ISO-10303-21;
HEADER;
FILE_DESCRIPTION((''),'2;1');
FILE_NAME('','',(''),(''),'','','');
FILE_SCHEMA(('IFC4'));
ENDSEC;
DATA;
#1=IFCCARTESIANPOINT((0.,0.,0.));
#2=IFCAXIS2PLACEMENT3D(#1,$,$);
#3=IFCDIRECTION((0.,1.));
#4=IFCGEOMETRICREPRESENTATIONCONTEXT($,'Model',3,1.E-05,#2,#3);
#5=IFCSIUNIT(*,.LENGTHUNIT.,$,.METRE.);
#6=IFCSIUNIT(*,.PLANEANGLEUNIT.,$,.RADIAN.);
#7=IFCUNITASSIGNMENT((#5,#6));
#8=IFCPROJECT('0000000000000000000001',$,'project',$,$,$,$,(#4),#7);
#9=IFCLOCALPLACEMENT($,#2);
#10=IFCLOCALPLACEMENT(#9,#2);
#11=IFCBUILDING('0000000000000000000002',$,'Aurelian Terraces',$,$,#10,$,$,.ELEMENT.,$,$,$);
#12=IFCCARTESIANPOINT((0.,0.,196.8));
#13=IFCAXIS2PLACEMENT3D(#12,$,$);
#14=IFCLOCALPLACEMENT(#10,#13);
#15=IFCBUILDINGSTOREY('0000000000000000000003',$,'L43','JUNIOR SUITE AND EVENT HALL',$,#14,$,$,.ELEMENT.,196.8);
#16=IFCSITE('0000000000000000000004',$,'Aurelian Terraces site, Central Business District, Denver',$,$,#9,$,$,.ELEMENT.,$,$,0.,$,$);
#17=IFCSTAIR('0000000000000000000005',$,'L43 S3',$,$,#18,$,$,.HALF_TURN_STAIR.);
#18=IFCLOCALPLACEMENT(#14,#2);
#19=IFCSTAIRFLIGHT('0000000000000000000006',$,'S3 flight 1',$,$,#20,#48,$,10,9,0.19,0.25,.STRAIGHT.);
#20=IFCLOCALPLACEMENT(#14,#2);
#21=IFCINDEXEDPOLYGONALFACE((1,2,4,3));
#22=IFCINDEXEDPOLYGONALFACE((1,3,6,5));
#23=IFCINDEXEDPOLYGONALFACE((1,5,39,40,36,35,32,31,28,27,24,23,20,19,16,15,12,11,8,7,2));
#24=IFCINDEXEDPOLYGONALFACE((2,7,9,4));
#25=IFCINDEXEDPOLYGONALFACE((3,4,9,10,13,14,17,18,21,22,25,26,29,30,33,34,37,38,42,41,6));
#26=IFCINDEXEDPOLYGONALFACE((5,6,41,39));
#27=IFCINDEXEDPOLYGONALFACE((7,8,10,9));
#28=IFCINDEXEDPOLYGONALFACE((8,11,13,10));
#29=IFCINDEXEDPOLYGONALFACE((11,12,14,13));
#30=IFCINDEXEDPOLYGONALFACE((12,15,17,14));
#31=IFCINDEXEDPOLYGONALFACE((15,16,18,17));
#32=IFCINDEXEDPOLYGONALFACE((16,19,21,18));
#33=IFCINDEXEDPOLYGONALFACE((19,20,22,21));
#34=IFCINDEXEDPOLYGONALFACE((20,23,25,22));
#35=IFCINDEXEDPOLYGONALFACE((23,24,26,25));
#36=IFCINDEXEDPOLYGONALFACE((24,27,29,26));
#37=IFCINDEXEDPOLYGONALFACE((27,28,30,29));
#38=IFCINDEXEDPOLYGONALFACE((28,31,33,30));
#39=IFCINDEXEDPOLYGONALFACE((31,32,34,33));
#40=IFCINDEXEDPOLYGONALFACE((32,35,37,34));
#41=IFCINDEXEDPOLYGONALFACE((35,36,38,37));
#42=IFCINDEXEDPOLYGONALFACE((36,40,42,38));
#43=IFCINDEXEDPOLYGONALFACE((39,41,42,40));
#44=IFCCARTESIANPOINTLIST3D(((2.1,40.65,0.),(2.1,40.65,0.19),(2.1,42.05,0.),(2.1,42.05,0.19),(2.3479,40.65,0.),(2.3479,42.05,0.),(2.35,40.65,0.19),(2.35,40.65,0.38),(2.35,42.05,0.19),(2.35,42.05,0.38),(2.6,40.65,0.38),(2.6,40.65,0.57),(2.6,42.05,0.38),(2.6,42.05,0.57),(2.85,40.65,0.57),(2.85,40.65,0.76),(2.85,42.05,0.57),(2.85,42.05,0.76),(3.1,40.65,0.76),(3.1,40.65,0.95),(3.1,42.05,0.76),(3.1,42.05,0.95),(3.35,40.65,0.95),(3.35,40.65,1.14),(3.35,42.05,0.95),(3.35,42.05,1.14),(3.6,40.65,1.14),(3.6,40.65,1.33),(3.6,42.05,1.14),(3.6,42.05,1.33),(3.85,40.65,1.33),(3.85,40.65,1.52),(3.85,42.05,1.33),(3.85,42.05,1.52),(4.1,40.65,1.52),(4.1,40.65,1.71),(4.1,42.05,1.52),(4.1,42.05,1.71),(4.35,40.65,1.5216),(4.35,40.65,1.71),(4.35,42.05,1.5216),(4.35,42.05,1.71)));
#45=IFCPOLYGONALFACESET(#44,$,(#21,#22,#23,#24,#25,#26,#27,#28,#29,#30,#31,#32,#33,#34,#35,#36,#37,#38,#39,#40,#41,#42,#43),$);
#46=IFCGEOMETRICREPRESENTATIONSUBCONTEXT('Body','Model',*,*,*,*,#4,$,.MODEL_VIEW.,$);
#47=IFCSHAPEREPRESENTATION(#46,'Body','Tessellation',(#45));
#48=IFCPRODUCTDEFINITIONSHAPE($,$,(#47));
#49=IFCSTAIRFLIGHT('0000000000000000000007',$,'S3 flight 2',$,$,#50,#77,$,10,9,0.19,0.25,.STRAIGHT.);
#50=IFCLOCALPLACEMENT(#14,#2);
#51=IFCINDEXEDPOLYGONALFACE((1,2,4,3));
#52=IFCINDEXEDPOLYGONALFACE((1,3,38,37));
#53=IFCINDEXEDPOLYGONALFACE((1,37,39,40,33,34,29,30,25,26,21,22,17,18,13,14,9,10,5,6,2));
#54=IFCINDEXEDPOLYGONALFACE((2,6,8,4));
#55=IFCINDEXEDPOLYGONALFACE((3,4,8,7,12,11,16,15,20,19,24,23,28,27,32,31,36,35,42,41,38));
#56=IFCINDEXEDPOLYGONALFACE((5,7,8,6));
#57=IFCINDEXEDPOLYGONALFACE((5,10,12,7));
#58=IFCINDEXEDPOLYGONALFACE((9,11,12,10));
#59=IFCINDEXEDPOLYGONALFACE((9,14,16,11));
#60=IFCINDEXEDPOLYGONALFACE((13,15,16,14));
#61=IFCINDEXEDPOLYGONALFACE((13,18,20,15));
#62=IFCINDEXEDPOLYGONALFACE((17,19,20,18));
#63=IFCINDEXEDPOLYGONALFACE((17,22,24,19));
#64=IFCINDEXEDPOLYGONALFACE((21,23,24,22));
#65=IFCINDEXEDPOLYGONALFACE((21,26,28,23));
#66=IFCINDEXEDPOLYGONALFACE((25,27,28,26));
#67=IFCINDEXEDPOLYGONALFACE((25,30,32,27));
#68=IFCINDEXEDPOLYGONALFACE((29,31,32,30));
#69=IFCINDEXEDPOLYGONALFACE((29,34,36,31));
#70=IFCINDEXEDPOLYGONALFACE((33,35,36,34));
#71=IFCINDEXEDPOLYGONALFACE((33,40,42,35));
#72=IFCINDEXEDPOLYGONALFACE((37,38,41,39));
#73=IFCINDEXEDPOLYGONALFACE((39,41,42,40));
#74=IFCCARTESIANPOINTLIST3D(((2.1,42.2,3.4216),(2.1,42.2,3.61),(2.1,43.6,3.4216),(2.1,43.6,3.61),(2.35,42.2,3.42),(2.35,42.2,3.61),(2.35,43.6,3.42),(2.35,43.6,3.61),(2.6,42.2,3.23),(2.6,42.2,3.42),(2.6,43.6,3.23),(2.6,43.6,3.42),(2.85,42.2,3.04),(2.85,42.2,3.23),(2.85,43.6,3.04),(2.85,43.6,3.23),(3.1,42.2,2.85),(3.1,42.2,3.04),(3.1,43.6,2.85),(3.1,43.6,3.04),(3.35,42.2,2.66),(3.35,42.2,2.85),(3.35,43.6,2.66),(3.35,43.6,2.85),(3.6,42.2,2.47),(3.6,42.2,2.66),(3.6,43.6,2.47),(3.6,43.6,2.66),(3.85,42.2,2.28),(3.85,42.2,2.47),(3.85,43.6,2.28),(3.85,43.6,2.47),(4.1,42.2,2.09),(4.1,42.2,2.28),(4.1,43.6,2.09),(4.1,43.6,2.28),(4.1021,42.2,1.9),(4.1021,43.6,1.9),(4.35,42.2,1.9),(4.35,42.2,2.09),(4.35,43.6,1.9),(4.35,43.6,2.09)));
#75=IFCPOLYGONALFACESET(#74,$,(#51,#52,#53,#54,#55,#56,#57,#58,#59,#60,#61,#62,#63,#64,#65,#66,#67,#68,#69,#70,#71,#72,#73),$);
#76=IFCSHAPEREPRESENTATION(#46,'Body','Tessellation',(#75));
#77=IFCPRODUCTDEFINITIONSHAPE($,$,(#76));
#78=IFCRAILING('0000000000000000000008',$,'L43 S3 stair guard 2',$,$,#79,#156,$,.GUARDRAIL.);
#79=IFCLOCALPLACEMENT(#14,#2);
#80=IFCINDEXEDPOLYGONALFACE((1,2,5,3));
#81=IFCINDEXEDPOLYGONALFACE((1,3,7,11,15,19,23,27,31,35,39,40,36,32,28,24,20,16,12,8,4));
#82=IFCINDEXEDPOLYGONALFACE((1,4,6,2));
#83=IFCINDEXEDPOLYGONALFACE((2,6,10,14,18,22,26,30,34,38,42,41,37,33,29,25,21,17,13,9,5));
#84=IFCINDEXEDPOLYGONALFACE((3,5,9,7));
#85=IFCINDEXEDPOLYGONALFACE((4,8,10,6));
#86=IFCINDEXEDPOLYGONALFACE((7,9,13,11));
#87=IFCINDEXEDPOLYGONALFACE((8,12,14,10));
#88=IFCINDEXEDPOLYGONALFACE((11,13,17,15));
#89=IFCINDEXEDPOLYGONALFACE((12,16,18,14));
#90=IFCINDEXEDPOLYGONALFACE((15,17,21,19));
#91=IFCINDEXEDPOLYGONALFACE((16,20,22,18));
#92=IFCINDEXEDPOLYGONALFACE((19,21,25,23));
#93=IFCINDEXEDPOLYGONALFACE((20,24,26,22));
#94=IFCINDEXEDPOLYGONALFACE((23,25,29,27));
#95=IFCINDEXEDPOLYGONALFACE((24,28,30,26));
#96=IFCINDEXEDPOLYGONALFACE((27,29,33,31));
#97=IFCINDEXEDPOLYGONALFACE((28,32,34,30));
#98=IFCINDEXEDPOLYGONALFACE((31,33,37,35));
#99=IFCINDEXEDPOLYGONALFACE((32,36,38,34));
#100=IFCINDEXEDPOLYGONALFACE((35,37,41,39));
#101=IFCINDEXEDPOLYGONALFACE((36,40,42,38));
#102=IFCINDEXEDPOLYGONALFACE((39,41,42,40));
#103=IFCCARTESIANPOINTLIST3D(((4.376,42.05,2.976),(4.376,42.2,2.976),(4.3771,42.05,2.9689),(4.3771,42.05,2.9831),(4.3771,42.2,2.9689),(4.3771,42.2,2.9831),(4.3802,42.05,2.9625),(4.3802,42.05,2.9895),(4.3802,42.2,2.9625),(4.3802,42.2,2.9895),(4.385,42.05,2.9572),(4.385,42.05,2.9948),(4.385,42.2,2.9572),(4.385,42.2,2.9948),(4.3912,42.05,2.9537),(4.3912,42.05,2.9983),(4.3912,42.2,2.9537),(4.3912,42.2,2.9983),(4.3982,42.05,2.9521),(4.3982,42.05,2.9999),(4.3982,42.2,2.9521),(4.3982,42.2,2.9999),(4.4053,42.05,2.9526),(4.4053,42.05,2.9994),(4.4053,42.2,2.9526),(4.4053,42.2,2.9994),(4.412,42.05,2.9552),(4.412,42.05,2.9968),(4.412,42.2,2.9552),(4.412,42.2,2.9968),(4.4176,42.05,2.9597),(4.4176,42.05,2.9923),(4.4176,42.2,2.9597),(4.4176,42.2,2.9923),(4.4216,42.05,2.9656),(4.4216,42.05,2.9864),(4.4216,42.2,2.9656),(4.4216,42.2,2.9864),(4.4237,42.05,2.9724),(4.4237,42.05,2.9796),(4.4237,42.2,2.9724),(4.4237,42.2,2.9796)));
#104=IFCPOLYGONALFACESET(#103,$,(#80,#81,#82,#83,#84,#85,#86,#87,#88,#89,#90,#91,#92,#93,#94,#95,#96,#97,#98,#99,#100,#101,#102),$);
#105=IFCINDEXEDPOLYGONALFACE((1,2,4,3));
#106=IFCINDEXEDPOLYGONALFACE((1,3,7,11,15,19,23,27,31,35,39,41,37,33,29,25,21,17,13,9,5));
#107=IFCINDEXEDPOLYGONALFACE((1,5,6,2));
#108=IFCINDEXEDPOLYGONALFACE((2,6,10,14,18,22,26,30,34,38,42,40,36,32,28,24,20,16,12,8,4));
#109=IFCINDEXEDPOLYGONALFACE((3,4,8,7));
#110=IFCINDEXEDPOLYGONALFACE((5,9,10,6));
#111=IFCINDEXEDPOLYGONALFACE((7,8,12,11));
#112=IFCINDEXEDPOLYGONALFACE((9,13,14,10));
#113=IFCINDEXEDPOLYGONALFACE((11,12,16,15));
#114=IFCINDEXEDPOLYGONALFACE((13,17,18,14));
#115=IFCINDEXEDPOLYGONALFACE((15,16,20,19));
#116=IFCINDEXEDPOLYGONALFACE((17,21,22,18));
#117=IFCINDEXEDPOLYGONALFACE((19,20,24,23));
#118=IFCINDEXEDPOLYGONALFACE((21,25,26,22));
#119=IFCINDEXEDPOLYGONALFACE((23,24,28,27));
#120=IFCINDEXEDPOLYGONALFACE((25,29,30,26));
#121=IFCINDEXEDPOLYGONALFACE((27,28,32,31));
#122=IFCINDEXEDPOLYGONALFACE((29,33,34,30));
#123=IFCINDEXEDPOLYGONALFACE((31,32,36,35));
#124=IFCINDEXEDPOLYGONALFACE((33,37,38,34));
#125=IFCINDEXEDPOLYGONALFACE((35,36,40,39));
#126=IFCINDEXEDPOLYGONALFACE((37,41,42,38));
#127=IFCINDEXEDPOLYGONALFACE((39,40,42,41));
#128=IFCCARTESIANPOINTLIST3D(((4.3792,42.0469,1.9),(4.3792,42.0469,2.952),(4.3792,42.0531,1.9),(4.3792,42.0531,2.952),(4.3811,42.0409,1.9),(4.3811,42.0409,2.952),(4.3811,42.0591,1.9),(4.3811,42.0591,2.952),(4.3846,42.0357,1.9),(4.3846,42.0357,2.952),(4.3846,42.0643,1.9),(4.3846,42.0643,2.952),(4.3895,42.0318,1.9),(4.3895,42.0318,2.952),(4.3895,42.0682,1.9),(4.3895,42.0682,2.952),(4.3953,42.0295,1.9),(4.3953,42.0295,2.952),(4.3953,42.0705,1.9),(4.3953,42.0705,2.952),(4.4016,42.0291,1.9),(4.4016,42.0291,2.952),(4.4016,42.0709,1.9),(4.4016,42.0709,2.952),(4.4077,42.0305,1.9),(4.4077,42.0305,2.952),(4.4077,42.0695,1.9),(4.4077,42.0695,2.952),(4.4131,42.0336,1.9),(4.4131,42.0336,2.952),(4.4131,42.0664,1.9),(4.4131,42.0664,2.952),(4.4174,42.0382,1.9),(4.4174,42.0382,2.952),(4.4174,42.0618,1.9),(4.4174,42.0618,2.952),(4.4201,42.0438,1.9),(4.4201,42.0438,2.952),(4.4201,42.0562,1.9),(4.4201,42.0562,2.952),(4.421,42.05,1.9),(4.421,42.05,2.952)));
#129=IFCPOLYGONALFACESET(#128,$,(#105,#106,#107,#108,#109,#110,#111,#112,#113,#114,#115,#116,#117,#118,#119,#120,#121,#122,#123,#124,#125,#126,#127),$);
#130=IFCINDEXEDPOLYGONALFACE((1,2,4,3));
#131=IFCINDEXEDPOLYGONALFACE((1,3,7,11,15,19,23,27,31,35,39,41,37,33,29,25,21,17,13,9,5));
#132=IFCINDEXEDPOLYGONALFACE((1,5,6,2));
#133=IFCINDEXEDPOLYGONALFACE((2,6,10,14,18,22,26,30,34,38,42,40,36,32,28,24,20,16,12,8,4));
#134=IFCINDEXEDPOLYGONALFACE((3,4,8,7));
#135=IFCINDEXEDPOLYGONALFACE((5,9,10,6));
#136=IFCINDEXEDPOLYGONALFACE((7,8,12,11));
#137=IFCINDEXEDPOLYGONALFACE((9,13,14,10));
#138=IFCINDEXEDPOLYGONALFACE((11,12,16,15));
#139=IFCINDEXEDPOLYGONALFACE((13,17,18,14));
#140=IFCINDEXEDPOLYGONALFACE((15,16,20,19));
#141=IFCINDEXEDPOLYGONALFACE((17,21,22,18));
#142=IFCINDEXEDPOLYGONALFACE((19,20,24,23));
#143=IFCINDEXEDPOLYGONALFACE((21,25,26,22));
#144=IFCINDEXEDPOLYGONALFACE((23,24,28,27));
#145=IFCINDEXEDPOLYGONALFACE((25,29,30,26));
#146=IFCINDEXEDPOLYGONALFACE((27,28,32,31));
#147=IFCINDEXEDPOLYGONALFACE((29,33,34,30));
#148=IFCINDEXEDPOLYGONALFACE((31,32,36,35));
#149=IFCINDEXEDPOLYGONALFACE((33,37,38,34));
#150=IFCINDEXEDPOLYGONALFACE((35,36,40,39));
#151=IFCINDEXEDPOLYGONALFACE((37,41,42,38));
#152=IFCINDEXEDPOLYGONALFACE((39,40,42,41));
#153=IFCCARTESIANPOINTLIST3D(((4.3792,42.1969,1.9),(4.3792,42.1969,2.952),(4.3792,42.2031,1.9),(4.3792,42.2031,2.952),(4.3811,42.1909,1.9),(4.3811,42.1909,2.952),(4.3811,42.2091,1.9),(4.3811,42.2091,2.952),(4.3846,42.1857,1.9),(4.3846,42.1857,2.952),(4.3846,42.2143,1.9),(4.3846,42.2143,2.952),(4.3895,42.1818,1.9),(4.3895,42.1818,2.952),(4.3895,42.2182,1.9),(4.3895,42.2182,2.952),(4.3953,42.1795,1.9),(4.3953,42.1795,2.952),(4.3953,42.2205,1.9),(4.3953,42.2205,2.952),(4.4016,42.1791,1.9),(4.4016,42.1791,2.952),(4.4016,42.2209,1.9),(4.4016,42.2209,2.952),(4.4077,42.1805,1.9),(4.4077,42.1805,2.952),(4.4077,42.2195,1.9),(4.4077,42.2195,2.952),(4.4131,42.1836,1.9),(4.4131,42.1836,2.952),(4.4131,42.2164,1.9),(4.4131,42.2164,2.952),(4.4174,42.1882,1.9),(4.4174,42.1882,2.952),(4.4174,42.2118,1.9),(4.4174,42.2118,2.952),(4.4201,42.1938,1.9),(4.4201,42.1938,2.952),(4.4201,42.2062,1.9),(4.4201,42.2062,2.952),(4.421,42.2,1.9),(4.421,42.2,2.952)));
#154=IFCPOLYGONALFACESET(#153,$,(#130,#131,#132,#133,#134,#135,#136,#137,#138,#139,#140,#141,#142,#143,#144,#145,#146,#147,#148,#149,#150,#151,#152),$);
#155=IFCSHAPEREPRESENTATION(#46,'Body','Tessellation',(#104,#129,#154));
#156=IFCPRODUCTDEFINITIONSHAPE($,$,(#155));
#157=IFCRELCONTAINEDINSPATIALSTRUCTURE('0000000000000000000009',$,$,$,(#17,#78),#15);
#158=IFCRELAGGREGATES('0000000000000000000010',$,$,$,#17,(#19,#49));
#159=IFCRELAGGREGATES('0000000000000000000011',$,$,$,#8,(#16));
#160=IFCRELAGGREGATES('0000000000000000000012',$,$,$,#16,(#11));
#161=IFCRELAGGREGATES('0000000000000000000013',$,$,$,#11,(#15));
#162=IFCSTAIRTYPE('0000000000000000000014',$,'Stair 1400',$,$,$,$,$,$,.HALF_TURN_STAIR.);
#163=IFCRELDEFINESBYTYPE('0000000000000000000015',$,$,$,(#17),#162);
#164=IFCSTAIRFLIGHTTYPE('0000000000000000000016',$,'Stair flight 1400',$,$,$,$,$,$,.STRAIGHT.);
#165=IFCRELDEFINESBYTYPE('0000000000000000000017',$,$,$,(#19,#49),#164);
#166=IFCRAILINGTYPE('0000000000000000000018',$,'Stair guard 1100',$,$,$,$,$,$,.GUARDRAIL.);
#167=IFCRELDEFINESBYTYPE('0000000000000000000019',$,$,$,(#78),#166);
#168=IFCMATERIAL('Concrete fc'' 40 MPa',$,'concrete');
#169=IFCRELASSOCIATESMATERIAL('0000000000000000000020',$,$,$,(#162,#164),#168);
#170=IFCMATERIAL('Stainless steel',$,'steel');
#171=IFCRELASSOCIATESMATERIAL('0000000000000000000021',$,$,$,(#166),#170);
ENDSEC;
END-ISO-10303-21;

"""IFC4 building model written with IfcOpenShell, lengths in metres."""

from ifc_helpers import new_model, si_unit, direction, frame, origin, origin_2d, place, context, subcontext, project, spatial, polyline, circle, outline, extrude, source, transform, mapped, material, type_object, element, aggregate, save


model = new_model("IFC4")

# Units and contexts
model_context = context("Model", 3, precision=1e-05, world=origin(), true_north=direction((0.0, 1.0)))
body_context = subcontext(model_context, "Body", "Model", "MODEL_VIEW")
ifc_project = project(units=[si_unit("LENGTHUNIT", "METRE"), si_unit("PLANEANGLEUNIT", "RADIAN")], contexts=[model_context])

# Site, building, storey
site_placement = place(None, origin())
site = spatial("IfcSite", under=ifc_project, at=site_placement, Name="Aurelian Terraces site, Central Business District, Denver", CompositionType="ELEMENT", RefElevation=0.0)
building_placement = place(site_placement, origin())
building = spatial("IfcBuilding", under=site, at=building_placement, Name="Aurelian Terraces", CompositionType="ELEMENT")
storey_placement = place(building_placement, frame((0.0, 0.0, 196.8)))
storey = spatial("IfcBuildingStorey", under=building, at=storey_placement, Name="L43", Description="JUNIOR SUITE AND EVENT HALL", CompositionType="ELEMENT", Elevation=196.8)

# Shared definitions
ifc_material_1 = material(Name="Concrete fc' 40 MPa", Category="concrete")

# Stair, stair flights
stair_type = type_object("IfcStairType", Name="Stair 1400", PredefinedType="HALF_TURN_STAIR", material=ifc_material_1)
stair_placement = place(storey_placement, origin())
stair = element("IfcStair", 1, at=stair_placement, inside=storey, type_object=stair_type, Name="L43 S3", PredefinedType="HALF_TURN_STAIR")
stair_flight_type = type_object("IfcStairFlightType", Name="Stair flight 1400", PredefinedType="STRAIGHT", material=ifc_material_1)
shared_shape_1 = source(origin(), body_context, "Body", "SweptSolid", [
    extrude(outline(polyline([(0.0, 0.0), (0.0, 0.19), (0.25, 0.19), (0.25, 0.38), (0.5, 0.38), (0.5, 0.57), (0.75, 0.57), (0.75, 0.76), (1.0, 0.76), (1.0, 0.95), (1.25, 0.95), (1.25, 1.14), (1.5, 1.14), (1.5, 1.33), (1.75, 1.33), (1.75, 1.52), (2.0, 1.52), (2.0, 1.71), (2.25, 1.71), (2.25, 1.9), (2.25, 1.5216), (0.2479, 0.0), (0.0, 0.0)])), frame((0.0, 0.7, 0.0), z_axis=(0.0, -1.0, 0.0), x_axis=(1.0, 0.0, 0.0)), (0.0, 0.0, 1.0), 1.4),
])
stair_flight_1_placement = place(storey_placement, frame((2.1, 41.35, 0.0), z_axis=(0.0, 0.0, 1.0), x_axis=(1.0, 0.0, 0.0)))
stair_flight_1 = element("IfcStairFlight", 2, at=stair_flight_1_placement, type_object=stair_flight_type, Name="S3 flight 1", NumberOfRisers=10, NumberOfTreads=9, PredefinedType="STRAIGHT", RiserHeight=0.19, TreadLength=0.25, context=body_context, shape_type="MappedRepresentation", body=[
    mapped(shared_shape_1, transform((0.0, 0.0, 0.0), scale=1.0)),
])
stair_flight_2_placement = place(storey_placement, frame((4.35, 42.9, 1.9), z_axis=(0.0, 0.0, 1.0), x_axis=(-1.0, 0.0, 0.0)))
stair_flight_2 = element("IfcStairFlight", 3, at=stair_flight_2_placement, type_object=stair_flight_type, Name="S3 flight 2", NumberOfRisers=10, NumberOfTreads=9, PredefinedType="STRAIGHT", RiserHeight=0.19, TreadLength=0.25, context=body_context, shape_type="MappedRepresentation", body=[
    mapped(shared_shape_1, transform((0.0, 0.0, 0.0), scale=1.0)),
])
aggregate(stair, [stair_flight_1, stair_flight_2])

# Railing
ifc_material_2 = material(Name="Stainless steel", Category="steel")
railing_type_1 = type_object("IfcRailingType", Name="Stair guard 1100", PredefinedType="GUARDRAIL", material=ifc_material_2)
shared_shape_2 = source(origin(), body_context, "Body", "SweptSolid", [
    extrude(circle(Radius=0.024, at=origin_2d()), frame((0.0, 0.0, 1.076), z_axis=(0.0, 1.0, 0.0), x_axis=(-1.0, 0.0, 0.0)), (0.0, 0.0, 1.0), 0.15),
    extrude(circle(Radius=0.021, at=origin_2d()), origin(), (0.0, 0.0, 1.0), 1.052),
    extrude(circle(Radius=0.021, at=origin_2d()), frame((0.0, 0.15, 0.0)), (0.0, 0.0, 1.0), 1.052),
])
for number, where, name in (
    (4, (4.4, 42.05, 1.9), "L43 S3 stair guard 2"),
):
    element("IfcRailing", number, at=place(storey_placement, frame(where)), inside=storey, type_object=railing_type_1, Name=name, PredefinedType="GUARDRAIL", context=body_context, shape_type="MappedRepresentation", body=[
        mapped(shared_shape_2, transform((0.0, 0.0, 0.0), scale=1.0)),
    ])

save(model, "model.ifc")
